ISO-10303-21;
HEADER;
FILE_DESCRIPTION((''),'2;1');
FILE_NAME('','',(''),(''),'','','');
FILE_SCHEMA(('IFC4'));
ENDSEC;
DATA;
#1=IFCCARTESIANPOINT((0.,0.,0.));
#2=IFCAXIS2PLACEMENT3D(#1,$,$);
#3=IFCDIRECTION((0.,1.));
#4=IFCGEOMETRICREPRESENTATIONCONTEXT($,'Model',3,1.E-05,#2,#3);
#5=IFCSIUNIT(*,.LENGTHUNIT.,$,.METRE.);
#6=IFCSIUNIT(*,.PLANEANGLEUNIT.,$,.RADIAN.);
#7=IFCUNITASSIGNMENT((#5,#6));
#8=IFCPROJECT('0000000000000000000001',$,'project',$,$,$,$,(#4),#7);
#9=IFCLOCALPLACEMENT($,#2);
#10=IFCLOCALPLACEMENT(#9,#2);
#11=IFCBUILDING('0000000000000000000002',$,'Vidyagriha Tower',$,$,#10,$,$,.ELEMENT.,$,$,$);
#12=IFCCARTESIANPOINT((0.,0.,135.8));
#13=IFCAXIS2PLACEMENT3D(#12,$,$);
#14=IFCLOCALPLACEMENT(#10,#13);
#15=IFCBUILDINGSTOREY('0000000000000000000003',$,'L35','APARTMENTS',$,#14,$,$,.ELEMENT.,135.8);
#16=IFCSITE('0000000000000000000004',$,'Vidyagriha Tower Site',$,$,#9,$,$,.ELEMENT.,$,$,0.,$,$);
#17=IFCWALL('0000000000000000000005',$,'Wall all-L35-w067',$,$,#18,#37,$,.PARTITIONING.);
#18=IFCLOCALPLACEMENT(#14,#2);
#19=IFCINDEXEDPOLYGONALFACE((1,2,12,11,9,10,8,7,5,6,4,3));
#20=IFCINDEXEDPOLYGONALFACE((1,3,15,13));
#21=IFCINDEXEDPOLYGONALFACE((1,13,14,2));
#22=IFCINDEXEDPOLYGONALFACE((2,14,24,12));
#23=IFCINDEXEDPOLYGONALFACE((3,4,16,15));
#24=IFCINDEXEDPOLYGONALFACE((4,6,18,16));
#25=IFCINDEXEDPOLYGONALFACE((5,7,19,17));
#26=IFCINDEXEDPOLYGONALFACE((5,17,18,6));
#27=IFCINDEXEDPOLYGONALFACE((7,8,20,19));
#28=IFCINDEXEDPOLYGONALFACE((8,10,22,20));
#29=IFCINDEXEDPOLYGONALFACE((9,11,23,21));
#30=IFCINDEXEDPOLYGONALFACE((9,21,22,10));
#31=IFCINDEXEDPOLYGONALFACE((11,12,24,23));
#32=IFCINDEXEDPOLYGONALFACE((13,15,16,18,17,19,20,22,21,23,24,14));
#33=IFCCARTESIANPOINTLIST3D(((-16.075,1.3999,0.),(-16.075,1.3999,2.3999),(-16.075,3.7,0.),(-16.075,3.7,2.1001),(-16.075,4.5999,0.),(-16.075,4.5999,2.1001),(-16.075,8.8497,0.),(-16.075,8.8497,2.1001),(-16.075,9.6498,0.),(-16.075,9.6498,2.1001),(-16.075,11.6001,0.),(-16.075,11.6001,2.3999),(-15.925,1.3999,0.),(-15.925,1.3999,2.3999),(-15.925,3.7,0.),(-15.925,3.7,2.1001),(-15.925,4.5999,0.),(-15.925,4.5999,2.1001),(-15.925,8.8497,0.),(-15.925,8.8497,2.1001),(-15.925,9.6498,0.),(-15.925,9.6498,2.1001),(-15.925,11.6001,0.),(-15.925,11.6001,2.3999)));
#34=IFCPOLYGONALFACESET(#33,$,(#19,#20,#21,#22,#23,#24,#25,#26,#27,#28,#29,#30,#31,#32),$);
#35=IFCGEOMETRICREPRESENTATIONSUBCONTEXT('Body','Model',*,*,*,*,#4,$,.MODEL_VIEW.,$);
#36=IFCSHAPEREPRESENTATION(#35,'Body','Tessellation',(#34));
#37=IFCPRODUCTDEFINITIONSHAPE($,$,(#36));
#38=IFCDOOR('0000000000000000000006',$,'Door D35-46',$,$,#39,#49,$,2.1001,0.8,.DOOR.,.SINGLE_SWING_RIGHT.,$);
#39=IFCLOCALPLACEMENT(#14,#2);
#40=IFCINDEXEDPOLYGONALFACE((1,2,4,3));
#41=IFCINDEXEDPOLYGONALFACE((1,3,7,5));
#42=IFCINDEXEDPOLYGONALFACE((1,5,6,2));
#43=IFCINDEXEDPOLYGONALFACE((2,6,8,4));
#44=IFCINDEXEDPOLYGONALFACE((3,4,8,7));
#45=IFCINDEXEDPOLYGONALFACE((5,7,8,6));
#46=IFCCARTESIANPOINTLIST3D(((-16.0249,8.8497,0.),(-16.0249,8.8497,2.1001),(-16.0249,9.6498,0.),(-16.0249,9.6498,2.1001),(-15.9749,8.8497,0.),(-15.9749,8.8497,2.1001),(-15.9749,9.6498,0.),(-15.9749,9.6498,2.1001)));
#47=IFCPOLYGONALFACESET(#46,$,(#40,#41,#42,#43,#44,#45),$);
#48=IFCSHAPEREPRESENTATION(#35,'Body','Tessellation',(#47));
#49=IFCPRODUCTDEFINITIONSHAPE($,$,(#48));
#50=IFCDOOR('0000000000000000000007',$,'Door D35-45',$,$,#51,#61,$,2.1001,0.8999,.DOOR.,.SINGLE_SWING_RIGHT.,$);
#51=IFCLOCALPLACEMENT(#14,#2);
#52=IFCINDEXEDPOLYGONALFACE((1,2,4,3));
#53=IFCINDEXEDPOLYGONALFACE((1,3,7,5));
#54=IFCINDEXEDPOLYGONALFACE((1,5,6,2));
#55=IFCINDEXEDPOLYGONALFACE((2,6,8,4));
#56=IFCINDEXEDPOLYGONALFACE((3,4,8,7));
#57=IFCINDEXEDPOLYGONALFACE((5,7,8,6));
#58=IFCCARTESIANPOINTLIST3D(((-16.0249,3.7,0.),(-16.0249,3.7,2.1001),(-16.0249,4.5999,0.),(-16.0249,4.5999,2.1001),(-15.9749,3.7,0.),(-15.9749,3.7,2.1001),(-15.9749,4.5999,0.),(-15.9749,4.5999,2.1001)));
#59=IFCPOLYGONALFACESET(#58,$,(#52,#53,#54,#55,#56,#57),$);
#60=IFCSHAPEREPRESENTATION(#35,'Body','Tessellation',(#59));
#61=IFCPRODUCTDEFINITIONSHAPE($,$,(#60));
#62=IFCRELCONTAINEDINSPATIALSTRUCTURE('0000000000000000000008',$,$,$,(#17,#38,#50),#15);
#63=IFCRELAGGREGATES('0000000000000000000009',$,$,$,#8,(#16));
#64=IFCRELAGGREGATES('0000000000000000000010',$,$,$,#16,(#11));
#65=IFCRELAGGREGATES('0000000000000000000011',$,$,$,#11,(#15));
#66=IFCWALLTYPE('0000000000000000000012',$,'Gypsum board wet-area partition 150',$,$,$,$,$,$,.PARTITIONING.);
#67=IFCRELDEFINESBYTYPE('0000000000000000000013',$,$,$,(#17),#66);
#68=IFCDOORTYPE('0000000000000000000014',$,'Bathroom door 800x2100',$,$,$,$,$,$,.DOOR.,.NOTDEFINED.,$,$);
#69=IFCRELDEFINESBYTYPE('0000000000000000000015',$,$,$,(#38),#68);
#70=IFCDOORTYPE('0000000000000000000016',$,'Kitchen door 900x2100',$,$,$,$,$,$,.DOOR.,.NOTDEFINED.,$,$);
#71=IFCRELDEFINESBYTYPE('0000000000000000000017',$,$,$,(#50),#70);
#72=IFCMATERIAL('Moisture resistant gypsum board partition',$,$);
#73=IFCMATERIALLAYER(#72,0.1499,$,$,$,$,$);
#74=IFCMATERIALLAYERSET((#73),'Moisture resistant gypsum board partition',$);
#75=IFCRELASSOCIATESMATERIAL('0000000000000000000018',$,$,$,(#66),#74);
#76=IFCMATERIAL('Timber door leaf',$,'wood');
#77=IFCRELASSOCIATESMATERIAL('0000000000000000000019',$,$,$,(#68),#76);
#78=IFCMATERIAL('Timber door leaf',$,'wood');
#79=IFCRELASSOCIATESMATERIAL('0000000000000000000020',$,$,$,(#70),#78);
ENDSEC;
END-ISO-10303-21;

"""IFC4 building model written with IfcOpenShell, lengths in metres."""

from ifc_helpers import new_model, si_unit, direction, frame, frame_2d, origin, place, context, subcontext, project, spatial, rectangle, extrude, material, layer, layer_set, type_object, element, fill, save


model = new_model("IFC4")

# Units and contexts
model_context = context("Model", 3, precision=1e-05, world=origin(), true_north=direction((0.0, 1.0)))
body_context = subcontext(model_context, "Body", "Model", "MODEL_VIEW")
ifc_project = project(units=[si_unit("LENGTHUNIT", "METRE"), si_unit("PLANEANGLEUNIT", "RADIAN")], contexts=[model_context])

# Site, building, storey
site_placement = place(None, origin())
site = spatial("IfcSite", under=ifc_project, at=site_placement, Name="Vidyagriha Tower Site", CompositionType="ELEMENT", RefElevation=0.0)
building_placement = place(site_placement, origin())
building = spatial("IfcBuilding", under=site, at=building_placement, Name="Vidyagriha Tower", CompositionType="ELEMENT")
storey_placement = place(building_placement, frame((0.0, 0.0, 135.8)))
storey = spatial("IfcBuildingStorey", under=building, at=storey_placement, Name="L35", Description="APARTMENTS", CompositionType="ELEMENT", Elevation=135.8)

# Wall, openings, doors
ifc_material_1 = material(Name="Moisture resistant gypsum board partition")
ifc_layer_1 = layer(ifc_material_1, 0.1499)
ifc_layer_set_1 = layer_set([ifc_layer_1], Name="Moisture resistant gypsum board partition")
wall_type_1 = type_object("IfcWallType", Name="Gypsum board wet-area partition 150", PredefinedType="PARTITIONING", material=ifc_layer_set_1)
wall_1_placement = place(storey_placement, frame((-16.0, 1.3999, 0.0), z_axis=(0.0, 0.0, 1.0), x_axis=(0.0, 1.0, 0.0)))
wall_1 = element("IfcWall", 1, at=wall_1_placement, inside=storey, type_object=wall_type_1, Name="Wall all-L35-w067", PredefinedType="PARTITIONING", context=body_context, shape_type="SweptSolid", body=[
    extrude(rectangle(XDim=10.2002, YDim=0.1499, at=frame_2d((5.1001, 0.0))), origin(), (0.0, 0.0, 1.0), 2.3999),
])
opening_1_placement = place(wall_1_placement, frame((2.3, 0.0, 0.0)))
opening_1 = element("IfcOpeningElement", 2, at=opening_1_placement, cuts=wall_1, PredefinedType="OPENING", context=body_context, shape_type="SweptSolid", body=[
    extrude(rectangle(XDim=0.8999, YDim=2.1001, at=frame_2d((0.45, 1.05))), frame((0.0, 0.085, 0.0), z_axis=(0.0, -1.0, 0.0), x_axis=(1.0, 0.0, 0.0)), (0.0, 0.0, 1.0), 0.1699),
])
opening_2_placement = place(wall_1_placement, frame((7.45, 0.0, 0.0)))
opening_2 = element("IfcOpeningElement", 3, at=opening_2_placement, cuts=wall_1, PredefinedType="OPENING", context=body_context, shape_type="SweptSolid", body=[
    extrude(rectangle(XDim=0.8, YDim=2.1001, at=frame_2d((0.3999, 1.05))), frame((0.0, 0.085, 0.0), z_axis=(0.0, -1.0, 0.0), x_axis=(1.0, 0.0, 0.0)), (0.0, 0.0, 1.0), 0.1699),
])
ifc_material_2 = material(Name="Timber door leaf", Category="wood")
door_type_1 = type_object("IfcDoorType", Name="Bathroom door 800x2100", OperationType="NOTDEFINED", PredefinedType="DOOR", material=ifc_material_2)
door_1_placement = place(opening_2_placement, origin())
door_1 = element("IfcDoor", 4, at=door_1_placement, inside=storey, type_object=door_type_1, Name="Door D35-46", OperationType="SINGLE_SWING_RIGHT", OverallHeight=2.1001, OverallWidth=0.8, PredefinedType="DOOR", context=body_context, shape_type="SweptSolid", body=[
    extrude(rectangle(XDim=0.8, YDim=2.1001, at=frame_2d((0.3999, 1.05))), frame((0.0, 0.0249, 0.0), z_axis=(0.0, -1.0, 0.0), x_axis=(1.0, 0.0, 0.0)), (0.0, 0.0, 1.0), 0.05),
])
fill(opening_2, door_1)
ifc_material_3 = material(Name="Timber door leaf", Category="wood")
door_type_2 = type_object("IfcDoorType", Name="Kitchen door 900x2100", OperationType="NOTDEFINED", PredefinedType="DOOR", material=ifc_material_3)
door_2_placement = place(opening_1_placement, origin())
door_2 = element("IfcDoor", 5, at=door_2_placement, inside=storey, type_object=door_type_2, Name="Door D35-45", OperationType="SINGLE_SWING_RIGHT", OverallHeight=2.1001, OverallWidth=0.8999, PredefinedType="DOOR", context=body_context, shape_type="SweptSolid", body=[
    extrude(rectangle(XDim=0.8999, YDim=2.1001, at=frame_2d((0.45, 1.05))), frame((0.0, 0.0249, 0.0), z_axis=(0.0, -1.0, 0.0), x_axis=(1.0, 0.0, 0.0)), (0.0, 0.0, 1.0), 0.05),
])
fill(opening_1, door_2)

save(model, "model.ifc")
